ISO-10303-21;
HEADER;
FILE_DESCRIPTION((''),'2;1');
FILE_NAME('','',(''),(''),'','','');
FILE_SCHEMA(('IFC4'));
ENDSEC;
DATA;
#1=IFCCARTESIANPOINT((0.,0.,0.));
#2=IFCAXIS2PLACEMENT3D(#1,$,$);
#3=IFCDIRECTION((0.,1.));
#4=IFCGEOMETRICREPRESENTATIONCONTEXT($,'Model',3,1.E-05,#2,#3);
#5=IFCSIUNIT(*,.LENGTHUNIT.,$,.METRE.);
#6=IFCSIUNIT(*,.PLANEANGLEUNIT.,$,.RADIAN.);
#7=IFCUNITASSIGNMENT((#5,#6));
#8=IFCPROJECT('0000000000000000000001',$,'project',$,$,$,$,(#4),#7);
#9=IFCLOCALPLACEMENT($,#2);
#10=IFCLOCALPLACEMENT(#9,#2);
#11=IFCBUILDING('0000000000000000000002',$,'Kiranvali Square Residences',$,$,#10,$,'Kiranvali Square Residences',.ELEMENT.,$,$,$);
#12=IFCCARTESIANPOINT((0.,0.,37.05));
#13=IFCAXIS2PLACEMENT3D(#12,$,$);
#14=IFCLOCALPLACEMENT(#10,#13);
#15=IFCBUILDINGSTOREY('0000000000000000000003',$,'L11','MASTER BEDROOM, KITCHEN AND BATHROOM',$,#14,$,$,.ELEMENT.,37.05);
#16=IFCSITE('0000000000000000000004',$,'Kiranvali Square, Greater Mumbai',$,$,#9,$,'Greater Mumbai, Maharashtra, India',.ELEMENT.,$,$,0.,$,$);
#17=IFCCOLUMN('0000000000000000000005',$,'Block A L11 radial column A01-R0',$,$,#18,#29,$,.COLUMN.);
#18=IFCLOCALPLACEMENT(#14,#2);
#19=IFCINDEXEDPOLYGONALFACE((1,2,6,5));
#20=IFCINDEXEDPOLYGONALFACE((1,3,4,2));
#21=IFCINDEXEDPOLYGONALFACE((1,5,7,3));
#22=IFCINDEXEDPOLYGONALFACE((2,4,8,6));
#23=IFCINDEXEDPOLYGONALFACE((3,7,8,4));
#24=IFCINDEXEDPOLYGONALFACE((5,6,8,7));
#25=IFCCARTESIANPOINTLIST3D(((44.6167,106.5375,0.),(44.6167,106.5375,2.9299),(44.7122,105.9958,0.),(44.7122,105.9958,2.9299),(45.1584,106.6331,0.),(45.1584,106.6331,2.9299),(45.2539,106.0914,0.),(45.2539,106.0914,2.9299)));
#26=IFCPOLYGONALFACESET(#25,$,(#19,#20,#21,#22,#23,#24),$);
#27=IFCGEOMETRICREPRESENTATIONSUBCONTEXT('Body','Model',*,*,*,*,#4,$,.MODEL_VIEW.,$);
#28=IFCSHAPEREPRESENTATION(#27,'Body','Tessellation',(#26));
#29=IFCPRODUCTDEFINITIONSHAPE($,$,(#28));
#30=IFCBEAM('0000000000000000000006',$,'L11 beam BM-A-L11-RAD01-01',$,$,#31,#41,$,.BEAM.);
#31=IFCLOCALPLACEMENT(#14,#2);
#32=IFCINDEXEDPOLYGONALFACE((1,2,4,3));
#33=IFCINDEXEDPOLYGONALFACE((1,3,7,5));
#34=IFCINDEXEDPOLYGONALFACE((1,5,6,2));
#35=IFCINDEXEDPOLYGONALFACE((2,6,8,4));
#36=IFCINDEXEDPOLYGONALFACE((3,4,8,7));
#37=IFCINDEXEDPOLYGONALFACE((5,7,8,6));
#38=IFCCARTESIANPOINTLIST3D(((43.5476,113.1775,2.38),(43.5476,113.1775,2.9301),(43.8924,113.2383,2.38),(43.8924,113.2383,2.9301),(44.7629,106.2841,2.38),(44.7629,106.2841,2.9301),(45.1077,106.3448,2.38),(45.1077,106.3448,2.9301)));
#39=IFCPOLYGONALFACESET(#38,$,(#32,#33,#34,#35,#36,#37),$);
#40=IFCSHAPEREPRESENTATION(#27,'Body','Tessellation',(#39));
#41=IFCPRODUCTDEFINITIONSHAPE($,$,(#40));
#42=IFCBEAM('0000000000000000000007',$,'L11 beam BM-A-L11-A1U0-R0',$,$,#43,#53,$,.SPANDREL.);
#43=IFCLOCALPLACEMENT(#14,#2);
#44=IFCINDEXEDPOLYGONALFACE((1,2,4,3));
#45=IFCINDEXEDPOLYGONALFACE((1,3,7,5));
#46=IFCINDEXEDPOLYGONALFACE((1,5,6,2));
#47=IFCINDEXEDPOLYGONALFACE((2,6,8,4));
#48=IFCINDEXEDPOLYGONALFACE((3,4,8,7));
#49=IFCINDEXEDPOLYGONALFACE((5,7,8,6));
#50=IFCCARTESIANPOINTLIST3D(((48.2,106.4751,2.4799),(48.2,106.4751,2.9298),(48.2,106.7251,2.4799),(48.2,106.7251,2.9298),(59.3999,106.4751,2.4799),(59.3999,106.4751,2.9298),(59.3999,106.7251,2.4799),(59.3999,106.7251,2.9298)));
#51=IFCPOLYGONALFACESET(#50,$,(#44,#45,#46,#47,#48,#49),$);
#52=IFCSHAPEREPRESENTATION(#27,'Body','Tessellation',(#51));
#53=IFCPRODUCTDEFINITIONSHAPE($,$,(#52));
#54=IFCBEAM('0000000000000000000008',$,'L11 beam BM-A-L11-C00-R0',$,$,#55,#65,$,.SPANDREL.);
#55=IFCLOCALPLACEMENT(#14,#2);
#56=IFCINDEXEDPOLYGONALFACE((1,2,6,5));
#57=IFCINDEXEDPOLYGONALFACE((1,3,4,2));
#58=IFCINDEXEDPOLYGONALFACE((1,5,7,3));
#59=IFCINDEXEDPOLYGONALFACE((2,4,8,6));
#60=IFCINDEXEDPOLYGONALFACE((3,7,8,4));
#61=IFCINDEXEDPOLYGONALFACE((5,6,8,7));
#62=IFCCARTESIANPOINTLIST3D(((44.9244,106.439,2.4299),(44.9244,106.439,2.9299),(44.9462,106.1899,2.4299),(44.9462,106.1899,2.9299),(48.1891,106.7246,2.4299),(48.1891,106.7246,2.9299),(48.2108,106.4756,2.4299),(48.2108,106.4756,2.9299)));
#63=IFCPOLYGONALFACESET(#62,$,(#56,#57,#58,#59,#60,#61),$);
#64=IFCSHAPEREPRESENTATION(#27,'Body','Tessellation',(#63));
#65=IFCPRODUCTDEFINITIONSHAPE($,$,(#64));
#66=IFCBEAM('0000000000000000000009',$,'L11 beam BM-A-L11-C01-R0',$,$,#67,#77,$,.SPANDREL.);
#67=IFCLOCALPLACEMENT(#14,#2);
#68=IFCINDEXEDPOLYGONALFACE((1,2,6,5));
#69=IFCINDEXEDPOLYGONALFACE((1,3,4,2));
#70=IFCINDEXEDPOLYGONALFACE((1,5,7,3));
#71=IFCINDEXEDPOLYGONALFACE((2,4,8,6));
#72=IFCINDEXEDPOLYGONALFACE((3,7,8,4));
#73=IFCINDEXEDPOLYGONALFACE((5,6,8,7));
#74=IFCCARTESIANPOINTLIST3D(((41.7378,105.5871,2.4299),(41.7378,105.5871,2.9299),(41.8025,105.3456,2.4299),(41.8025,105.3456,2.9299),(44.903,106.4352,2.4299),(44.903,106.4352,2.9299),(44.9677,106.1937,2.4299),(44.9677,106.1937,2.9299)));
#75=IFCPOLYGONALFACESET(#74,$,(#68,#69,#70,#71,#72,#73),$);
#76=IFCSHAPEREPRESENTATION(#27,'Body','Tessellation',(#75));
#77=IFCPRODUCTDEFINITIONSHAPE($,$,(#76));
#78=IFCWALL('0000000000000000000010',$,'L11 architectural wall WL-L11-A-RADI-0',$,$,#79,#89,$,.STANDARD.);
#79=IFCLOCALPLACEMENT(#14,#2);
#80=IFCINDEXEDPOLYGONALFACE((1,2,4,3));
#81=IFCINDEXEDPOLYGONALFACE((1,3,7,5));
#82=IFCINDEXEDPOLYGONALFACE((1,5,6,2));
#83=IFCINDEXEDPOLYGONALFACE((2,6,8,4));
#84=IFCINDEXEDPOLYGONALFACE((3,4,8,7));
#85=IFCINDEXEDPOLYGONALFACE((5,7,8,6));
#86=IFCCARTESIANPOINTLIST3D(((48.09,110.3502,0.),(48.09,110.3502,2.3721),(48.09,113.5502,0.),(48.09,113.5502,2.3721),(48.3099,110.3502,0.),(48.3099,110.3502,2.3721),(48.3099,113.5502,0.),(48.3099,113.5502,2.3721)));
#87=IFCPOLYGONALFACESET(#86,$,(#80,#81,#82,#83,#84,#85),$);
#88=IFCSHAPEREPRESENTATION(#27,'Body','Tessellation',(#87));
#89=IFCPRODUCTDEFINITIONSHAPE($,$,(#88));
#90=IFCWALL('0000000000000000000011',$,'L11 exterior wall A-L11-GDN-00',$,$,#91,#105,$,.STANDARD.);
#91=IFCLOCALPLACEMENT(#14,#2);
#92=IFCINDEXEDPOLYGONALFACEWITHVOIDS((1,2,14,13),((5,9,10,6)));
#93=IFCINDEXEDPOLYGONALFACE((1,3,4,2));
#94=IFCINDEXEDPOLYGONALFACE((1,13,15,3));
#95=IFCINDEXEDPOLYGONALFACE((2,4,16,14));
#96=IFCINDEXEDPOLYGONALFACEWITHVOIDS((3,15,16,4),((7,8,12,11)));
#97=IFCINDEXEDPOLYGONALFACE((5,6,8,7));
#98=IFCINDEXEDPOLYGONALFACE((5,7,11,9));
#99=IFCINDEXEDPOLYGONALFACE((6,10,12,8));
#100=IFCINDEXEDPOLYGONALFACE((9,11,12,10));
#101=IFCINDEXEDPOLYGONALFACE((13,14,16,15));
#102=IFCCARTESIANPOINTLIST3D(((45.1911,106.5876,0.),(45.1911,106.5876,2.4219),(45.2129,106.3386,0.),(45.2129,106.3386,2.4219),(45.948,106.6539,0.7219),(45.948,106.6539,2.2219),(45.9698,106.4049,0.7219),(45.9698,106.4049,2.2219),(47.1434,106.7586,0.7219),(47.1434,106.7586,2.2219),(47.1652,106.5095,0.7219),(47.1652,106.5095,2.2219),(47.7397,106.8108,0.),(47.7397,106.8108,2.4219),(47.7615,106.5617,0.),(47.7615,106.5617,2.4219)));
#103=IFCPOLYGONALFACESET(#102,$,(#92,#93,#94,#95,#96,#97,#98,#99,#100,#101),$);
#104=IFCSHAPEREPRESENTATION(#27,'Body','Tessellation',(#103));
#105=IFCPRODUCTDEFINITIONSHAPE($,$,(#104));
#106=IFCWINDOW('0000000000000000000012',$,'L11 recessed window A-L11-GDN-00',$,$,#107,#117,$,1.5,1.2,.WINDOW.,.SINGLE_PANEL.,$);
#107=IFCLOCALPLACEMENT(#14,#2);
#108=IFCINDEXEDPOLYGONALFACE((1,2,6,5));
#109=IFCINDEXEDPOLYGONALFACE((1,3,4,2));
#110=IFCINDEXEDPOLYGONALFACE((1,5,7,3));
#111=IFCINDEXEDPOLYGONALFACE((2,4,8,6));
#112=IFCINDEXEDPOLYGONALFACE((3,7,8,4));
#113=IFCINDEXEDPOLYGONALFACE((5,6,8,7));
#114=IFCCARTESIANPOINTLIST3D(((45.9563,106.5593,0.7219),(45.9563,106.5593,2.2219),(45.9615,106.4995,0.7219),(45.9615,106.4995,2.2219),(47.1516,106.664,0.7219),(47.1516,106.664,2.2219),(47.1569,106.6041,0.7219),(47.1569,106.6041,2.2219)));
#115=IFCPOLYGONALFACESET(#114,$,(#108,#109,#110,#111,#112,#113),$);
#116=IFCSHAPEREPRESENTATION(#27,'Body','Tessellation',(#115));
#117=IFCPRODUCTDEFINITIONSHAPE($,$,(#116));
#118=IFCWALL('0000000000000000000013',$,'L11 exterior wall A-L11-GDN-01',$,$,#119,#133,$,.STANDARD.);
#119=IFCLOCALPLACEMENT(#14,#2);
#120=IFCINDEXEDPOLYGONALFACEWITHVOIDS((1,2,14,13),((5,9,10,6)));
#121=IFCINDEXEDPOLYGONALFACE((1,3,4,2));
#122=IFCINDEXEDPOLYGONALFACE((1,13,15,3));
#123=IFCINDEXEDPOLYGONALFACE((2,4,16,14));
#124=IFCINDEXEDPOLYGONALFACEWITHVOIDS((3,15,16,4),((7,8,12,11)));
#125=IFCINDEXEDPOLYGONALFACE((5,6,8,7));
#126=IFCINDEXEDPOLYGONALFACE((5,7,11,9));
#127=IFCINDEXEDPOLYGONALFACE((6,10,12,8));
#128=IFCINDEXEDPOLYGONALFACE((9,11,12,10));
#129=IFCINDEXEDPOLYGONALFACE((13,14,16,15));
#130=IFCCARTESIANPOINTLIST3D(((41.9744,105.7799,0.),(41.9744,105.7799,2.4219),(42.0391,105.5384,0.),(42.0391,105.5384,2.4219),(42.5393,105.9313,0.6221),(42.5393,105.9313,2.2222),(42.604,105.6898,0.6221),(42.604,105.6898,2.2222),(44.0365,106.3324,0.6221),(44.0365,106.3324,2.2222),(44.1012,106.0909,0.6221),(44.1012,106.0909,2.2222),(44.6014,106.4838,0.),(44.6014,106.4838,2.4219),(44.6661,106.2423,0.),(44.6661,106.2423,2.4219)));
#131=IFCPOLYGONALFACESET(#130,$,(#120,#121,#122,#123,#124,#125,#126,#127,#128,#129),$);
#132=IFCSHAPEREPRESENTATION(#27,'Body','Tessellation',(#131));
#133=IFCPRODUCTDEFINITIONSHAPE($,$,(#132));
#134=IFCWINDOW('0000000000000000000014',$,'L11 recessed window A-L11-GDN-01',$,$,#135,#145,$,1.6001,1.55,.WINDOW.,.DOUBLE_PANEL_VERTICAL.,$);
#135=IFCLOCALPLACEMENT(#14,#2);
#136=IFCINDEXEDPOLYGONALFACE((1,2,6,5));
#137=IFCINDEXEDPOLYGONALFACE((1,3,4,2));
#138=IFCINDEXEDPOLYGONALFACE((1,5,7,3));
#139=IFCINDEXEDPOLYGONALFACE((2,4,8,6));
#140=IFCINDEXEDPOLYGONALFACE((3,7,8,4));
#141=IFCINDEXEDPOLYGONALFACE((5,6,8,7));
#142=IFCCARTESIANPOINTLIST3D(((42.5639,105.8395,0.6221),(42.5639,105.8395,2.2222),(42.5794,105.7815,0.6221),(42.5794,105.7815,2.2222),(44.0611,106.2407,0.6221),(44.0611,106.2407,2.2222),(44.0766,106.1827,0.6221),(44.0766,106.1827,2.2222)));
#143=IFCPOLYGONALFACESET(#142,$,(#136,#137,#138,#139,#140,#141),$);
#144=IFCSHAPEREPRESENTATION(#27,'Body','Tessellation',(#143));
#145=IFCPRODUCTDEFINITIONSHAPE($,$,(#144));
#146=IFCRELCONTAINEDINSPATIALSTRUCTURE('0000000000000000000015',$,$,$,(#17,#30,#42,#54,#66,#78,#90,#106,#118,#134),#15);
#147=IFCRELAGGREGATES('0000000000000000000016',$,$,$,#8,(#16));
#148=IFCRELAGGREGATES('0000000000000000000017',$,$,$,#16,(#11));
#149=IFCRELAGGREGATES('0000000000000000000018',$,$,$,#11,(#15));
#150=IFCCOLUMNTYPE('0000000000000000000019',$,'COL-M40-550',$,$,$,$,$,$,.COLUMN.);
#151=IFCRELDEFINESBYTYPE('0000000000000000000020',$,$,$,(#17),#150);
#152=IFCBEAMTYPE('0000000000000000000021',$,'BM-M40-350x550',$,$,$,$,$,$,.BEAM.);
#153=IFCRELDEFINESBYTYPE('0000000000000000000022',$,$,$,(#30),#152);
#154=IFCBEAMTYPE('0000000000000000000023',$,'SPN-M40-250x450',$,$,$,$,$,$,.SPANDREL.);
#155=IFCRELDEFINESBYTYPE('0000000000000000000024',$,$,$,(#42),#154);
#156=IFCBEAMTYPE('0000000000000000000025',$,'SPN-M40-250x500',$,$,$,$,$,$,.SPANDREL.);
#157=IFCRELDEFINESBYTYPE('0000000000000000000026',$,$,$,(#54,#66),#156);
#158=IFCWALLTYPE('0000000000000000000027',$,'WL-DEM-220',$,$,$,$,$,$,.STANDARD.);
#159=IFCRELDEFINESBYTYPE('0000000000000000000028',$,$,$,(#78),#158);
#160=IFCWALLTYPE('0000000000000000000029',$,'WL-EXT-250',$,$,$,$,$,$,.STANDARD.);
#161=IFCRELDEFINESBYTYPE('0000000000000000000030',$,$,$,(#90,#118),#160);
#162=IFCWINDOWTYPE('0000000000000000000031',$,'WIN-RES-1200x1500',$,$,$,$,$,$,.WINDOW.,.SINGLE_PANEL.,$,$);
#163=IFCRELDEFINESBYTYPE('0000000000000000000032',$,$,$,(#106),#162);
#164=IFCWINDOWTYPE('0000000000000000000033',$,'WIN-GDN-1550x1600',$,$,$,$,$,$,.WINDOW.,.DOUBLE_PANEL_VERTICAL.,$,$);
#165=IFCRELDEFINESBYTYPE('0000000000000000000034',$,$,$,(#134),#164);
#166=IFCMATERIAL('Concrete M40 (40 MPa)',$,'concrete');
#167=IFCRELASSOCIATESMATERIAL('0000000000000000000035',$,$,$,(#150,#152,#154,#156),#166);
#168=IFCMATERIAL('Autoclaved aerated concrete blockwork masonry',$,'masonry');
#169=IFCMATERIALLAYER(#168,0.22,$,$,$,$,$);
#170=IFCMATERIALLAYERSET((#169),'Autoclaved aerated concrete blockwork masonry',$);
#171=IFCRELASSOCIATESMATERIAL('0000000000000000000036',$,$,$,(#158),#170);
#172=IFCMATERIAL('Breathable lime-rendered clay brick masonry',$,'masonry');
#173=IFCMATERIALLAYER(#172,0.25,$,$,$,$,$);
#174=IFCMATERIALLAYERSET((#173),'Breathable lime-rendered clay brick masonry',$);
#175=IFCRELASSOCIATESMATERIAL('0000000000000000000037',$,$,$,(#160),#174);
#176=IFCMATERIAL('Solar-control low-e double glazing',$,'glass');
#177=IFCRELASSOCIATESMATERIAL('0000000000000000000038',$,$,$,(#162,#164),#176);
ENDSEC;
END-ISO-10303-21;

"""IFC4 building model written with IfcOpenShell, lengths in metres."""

from ifc_helpers import new_model, si_unit, direction, frame, frame_2d, origin, origin_2d, place, context, subcontext, project, spatial, rectangle, extrude, material, layer, layer_set, material_profile, profile_set, type_object, element, fill, save


model = new_model("IFC4")

# Units and contexts
model_context = context("Model", 3, precision=1e-05, world=origin(), true_north=direction((0.0, 1.0)))
body_context = subcontext(model_context, "Body", "Model", "MODEL_VIEW")
ifc_project = project(units=[si_unit("LENGTHUNIT", "METRE"), si_unit("PLANEANGLEUNIT", "RADIAN")], contexts=[model_context])

# Site, building, storey
site_placement = place(None, origin())
site = spatial("IfcSite", under=ifc_project, at=site_placement, Name="Kiranvali Square, Greater Mumbai", LongName="Greater Mumbai, Maharashtra, India", CompositionType="ELEMENT", RefElevation=0.0)
building_placement = place(site_placement, origin())
building = spatial("IfcBuilding", under=site, at=building_placement, Name="Kiranvali Square Residences", LongName="Kiranvali Square Residences", CompositionType="ELEMENT")
storey_placement = place(building_placement, frame((0.0, 0.0, 37.05)))
storey = spatial("IfcBuildingStorey", under=building, at=storey_placement, Name="L11", Description="MASTER BEDROOM, KITCHEN AND BATHROOM", CompositionType="ELEMENT", Elevation=37.05)

# Column
ifc_material_1 = material(Name="Concrete M40 (40 MPa)", Category="concrete")
ifc_material_profile_1 = material_profile(ifc_material_1, rectangle(XDim=0.55, YDim=0.55, at=origin_2d()), Name="RC 550x550")
ifc_profile_set_1 = profile_set([ifc_material_profile_1], Name="Concrete M40 (40 MPa)")
column_type = type_object("IfcColumnType", Name="COL-M40-550", PredefinedType="COLUMN", material=ifc_profile_set_1)
column_placement = place(storey_placement, frame((44.9353, 106.3145, 0.0), z_axis=(0.0, 0.0, 1.0), x_axis=(0.984808, 0.173648, 0.0)))
element("IfcColumn", 1, at=column_placement, inside=storey, type_object=column_type, Name="Block A L11 radial column A01-R0", PredefinedType="COLUMN", context=body_context, shape_type="SweptSolid", body=[
    extrude(rectangle(XDim=0.55, YDim=0.55, at=origin_2d()), origin(), (0.0, 0.0, 1.0), 2.9299),
])

# Beams
ifc_material_profile_2 = material_profile(ifc_material_1, rectangle(XDim=0.3501, YDim=0.55, at=origin_2d()), Name="RC 350x550")
ifc_profile_set_2 = profile_set([ifc_material_profile_2], Name="Concrete M40 (40 MPa)")
beam_type_1 = type_object("IfcBeamType", Name="BM-M40-350x550", PredefinedType="BEAM", material=ifc_profile_set_2)
beam_1_placement = place(storey_placement, frame((44.9353, 106.3145, 2.655), z_axis=(-0.173622, 0.984812, 0.0), x_axis=(-0.984812, -0.173622, 0.0)))
element("IfcBeam", 2, at=beam_1_placement, inside=storey, type_object=beam_type_1, Name="L11 beam BM-A-L11-RAD01-01", PredefinedType="BEAM", context=body_context, shape_type="SweptSolid", body=[
    extrude(rectangle(XDim=0.3501, YDim=0.55, at=origin_2d()), origin(), (0.0, 0.0, 1.0), 6.9998),
])
ifc_material_profile_3 = material_profile(ifc_material_1, rectangle(XDim=0.25, YDim=0.45, at=origin_2d()), Name="RC 250x450")
ifc_profile_set_3 = profile_set([ifc_material_profile_3], Name="Concrete M40 (40 MPa)")
beam_type_2 = type_object("IfcBeamType", Name="SPN-M40-250x450", PredefinedType="SPANDREL", material=ifc_profile_set_3)
beam_2_placement = place(storey_placement, frame((48.2, 106.6001, 2.7048), z_axis=(1.0, 0.0, 0.0), x_axis=(0.0, 1.0, 0.0)))
element("IfcBeam", 3, at=beam_2_placement, inside=storey, type_object=beam_type_2, Name="L11 beam BM-A-L11-A1U0-R0", PredefinedType="SPANDREL", context=body_context, shape_type="SweptSolid", body=[
    extrude(rectangle(XDim=0.25, YDim=0.45, at=origin_2d()), origin(), (0.0, 0.0, 1.0), 11.2),
])
ifc_material_profile_4 = material_profile(ifc_material_1, rectangle(XDim=0.25, YDim=0.5, at=origin_2d()), Name="RC 250x500")
ifc_profile_set_4 = profile_set([ifc_material_profile_4], Name="Concrete M40 (40 MPa)")
beam_type_3 = type_object("IfcBeamType", Name="SPN-M40-250x500", PredefinedType="SPANDREL", material=ifc_profile_set_4)
beam_3_placement = place(storey_placement, frame((48.2, 106.6001, 2.6799), z_axis=(-0.996194, -0.087163, 0.0), x_axis=(0.087163, -0.996194, 0.0)))
element("IfcBeam", 4, at=beam_3_placement, inside=storey, type_object=beam_type_3, Name="L11 beam BM-A-L11-C00-R0", PredefinedType="SPANDREL", context=body_context, shape_type="SweptSolid", body=[
    extrude(rectangle(XDim=0.25, YDim=0.5, at=origin_2d()), origin(), (0.0, 0.0, 1.0), 3.2771),
])
beam_4_placement = place(storey_placement, frame((44.9353, 106.3145, 2.6799), z_axis=(-0.965925, -0.258822, 0.0), x_axis=(0.258822, -0.965925, 0.0)))
element("IfcBeam", 5, at=beam_4_placement, inside=storey, type_object=beam_type_3, Name="L11 beam BM-A-L11-C01-R0", PredefinedType="SPANDREL", context=body_context, shape_type="SweptSolid", body=[
    extrude(rectangle(XDim=0.25, YDim=0.5, at=origin_2d()), origin(), (0.0, 0.0, 1.0), 3.2769),
])

# Wall
ifc_material_2 = material(Name="Autoclaved aerated concrete blockwork masonry", Category="masonry")
ifc_layer_1 = layer(ifc_material_2, 0.22)
ifc_layer_set_1 = layer_set([ifc_layer_1], Name="Autoclaved aerated concrete blockwork masonry")
wall_type_1 = type_object("IfcWallType", Name="WL-DEM-220", PredefinedType="STANDARD", material=ifc_layer_set_1)
wall_1_placement = place(storey_placement, frame((48.2, 110.3501, 0.0), z_axis=(0.0, 0.0, 1.0), x_axis=(0.0, 1.0, 0.0)))
element("IfcWall", 6, at=wall_1_placement, inside=storey, type_object=wall_type_1, Name="L11 architectural wall WL-L11-A-RADI-0", PredefinedType="STANDARD", context=body_context, shape_type="SweptSolid", body=[
    extrude(rectangle(XDim=3.2, YDim=0.22, at=frame_2d((1.6001, 0.0))), origin(), (0.0, 0.0, 1.0), 2.3721),
])

# Walls, openings, windows
ifc_material_3 = material(Name="Breathable lime-rendered clay brick masonry", Category="masonry")
ifc_layer_2 = layer(ifc_material_3, 0.25)
ifc_layer_set_2 = layer_set([ifc_layer_2], Name="Breathable lime-rendered clay brick masonry")
wall_type_2 = type_object("IfcWallType", Name="WL-EXT-250", PredefinedType="STANDARD", material=ifc_layer_set_2)
wall_2_placement = place(storey_placement, frame((47.7507, 106.6863, 0.0), z_axis=(0.0, 0.0, 1.0), x_axis=(-0.996189, -0.087223, 0.0)))
wall_2 = element("IfcWall", 7, at=wall_2_placement, inside=storey, type_object=wall_type_2, Name="L11 exterior wall A-L11-GDN-00", PredefinedType="STANDARD", context=body_context, shape_type="SweptSolid", body=[
    extrude(rectangle(XDim=2.5583, YDim=0.25, at=frame_2d((1.2793, 0.0))), origin(), (0.0, 0.0, 1.0), 2.4219),
])
opening_1_placement = place(wall_2_placement, frame((0.5986, 0.0, 0.7219)))
opening_1 = element("IfcOpeningElement", 8, at=opening_1_placement, cuts=wall_2, PredefinedType="OPENING", context=body_context, shape_type="SweptSolid", body=[
    extrude(rectangle(XDim=1.2, YDim=1.5, at=frame_2d((0.6001, 0.75))), frame((0.0, 0.135, 0.0), z_axis=(0.0, -1.0, 0.0), x_axis=(1.0, 0.0, 0.0)), (0.0, 0.0, 1.0), 0.27),
])
ifc_material_4 = material(Name="Solar-control low-e double glazing", Category="glass")
window_type_1 = type_object("IfcWindowType", Name="WIN-RES-1200x1500", PartitioningType="SINGLE_PANEL", PredefinedType="WINDOW", material=ifc_material_4)
window_1_placement = place(opening_1_placement, origin())
window_1 = element("IfcWindow", 9, at=window_1_placement, inside=storey, type_object=window_type_1, Name="L11 recessed window A-L11-GDN-00", OverallHeight=1.5, OverallWidth=1.2, PartitioningType="SINGLE_PANEL", PredefinedType="WINDOW", context=body_context, shape_type="SweptSolid", body=[
    extrude(rectangle(XDim=1.2, YDim=1.5, at=frame_2d((0.6001, 0.75))), frame((0.0, 0.03, 0.0), z_axis=(0.0, -1.0, 0.0), x_axis=(1.0, 0.0, 0.0)), (0.0, 0.0, 1.0), 0.0601),
])
fill(opening_1, window_1)
wall_3_placement = place(storey_placement, frame((44.6338, 106.363, 0.0), z_axis=(0.0, 0.0, 1.0), x_axis=(-0.965929, -0.258808, 0.0)))
wall_3 = element("IfcWall", 10, at=wall_3_placement, inside=storey, type_object=wall_type_2, Name="L11 exterior wall A-L11-GDN-01", PredefinedType="STANDARD", context=body_context, shape_type="SweptSolid", body=[
    extrude(rectangle(XDim=2.7197, YDim=0.25, at=frame_2d((1.3599, 0.0))), origin(), (0.0, 0.0, 1.0), 2.4219),
])
opening_2_placement = place(wall_3_placement, frame((0.585, 0.0, 0.6221)))
opening_2 = element("IfcOpeningElement", 11, at=opening_2_placement, cuts=wall_3, PredefinedType="OPENING", context=body_context, shape_type="SweptSolid", body=[
    extrude(rectangle(XDim=1.55, YDim=1.6001, at=frame_2d((0.7749, 0.8))), frame((0.0, 0.135, 0.0), z_axis=(0.0, -1.0, 0.0), x_axis=(1.0, 0.0, 0.0)), (0.0, 0.0, 1.0), 0.27),
])
window_type_2 = type_object("IfcWindowType", Name="WIN-GDN-1550x1600", PartitioningType="DOUBLE_PANEL_VERTICAL", PredefinedType="WINDOW", material=ifc_material_4)
window_2_placement = place(opening_2_placement, origin())
window_2 = element("IfcWindow", 12, at=window_2_placement, inside=storey, type_object=window_type_2, Name="L11 recessed window A-L11-GDN-01", OverallHeight=1.6001, OverallWidth=1.55, PartitioningType="DOUBLE_PANEL_VERTICAL", PredefinedType="WINDOW", context=body_context, shape_type="SweptSolid", body=[
    extrude(rectangle(XDim=1.55, YDim=1.6001, at=frame_2d((0.7749, 0.8))), frame((0.0, 0.03, 0.0), z_axis=(0.0, -1.0, 0.0), x_axis=(1.0, 0.0, 0.0)), (0.0, 0.0, 1.0), 0.0601),
])
fill(opening_2, window_2)

save(model, "model.ifc")
